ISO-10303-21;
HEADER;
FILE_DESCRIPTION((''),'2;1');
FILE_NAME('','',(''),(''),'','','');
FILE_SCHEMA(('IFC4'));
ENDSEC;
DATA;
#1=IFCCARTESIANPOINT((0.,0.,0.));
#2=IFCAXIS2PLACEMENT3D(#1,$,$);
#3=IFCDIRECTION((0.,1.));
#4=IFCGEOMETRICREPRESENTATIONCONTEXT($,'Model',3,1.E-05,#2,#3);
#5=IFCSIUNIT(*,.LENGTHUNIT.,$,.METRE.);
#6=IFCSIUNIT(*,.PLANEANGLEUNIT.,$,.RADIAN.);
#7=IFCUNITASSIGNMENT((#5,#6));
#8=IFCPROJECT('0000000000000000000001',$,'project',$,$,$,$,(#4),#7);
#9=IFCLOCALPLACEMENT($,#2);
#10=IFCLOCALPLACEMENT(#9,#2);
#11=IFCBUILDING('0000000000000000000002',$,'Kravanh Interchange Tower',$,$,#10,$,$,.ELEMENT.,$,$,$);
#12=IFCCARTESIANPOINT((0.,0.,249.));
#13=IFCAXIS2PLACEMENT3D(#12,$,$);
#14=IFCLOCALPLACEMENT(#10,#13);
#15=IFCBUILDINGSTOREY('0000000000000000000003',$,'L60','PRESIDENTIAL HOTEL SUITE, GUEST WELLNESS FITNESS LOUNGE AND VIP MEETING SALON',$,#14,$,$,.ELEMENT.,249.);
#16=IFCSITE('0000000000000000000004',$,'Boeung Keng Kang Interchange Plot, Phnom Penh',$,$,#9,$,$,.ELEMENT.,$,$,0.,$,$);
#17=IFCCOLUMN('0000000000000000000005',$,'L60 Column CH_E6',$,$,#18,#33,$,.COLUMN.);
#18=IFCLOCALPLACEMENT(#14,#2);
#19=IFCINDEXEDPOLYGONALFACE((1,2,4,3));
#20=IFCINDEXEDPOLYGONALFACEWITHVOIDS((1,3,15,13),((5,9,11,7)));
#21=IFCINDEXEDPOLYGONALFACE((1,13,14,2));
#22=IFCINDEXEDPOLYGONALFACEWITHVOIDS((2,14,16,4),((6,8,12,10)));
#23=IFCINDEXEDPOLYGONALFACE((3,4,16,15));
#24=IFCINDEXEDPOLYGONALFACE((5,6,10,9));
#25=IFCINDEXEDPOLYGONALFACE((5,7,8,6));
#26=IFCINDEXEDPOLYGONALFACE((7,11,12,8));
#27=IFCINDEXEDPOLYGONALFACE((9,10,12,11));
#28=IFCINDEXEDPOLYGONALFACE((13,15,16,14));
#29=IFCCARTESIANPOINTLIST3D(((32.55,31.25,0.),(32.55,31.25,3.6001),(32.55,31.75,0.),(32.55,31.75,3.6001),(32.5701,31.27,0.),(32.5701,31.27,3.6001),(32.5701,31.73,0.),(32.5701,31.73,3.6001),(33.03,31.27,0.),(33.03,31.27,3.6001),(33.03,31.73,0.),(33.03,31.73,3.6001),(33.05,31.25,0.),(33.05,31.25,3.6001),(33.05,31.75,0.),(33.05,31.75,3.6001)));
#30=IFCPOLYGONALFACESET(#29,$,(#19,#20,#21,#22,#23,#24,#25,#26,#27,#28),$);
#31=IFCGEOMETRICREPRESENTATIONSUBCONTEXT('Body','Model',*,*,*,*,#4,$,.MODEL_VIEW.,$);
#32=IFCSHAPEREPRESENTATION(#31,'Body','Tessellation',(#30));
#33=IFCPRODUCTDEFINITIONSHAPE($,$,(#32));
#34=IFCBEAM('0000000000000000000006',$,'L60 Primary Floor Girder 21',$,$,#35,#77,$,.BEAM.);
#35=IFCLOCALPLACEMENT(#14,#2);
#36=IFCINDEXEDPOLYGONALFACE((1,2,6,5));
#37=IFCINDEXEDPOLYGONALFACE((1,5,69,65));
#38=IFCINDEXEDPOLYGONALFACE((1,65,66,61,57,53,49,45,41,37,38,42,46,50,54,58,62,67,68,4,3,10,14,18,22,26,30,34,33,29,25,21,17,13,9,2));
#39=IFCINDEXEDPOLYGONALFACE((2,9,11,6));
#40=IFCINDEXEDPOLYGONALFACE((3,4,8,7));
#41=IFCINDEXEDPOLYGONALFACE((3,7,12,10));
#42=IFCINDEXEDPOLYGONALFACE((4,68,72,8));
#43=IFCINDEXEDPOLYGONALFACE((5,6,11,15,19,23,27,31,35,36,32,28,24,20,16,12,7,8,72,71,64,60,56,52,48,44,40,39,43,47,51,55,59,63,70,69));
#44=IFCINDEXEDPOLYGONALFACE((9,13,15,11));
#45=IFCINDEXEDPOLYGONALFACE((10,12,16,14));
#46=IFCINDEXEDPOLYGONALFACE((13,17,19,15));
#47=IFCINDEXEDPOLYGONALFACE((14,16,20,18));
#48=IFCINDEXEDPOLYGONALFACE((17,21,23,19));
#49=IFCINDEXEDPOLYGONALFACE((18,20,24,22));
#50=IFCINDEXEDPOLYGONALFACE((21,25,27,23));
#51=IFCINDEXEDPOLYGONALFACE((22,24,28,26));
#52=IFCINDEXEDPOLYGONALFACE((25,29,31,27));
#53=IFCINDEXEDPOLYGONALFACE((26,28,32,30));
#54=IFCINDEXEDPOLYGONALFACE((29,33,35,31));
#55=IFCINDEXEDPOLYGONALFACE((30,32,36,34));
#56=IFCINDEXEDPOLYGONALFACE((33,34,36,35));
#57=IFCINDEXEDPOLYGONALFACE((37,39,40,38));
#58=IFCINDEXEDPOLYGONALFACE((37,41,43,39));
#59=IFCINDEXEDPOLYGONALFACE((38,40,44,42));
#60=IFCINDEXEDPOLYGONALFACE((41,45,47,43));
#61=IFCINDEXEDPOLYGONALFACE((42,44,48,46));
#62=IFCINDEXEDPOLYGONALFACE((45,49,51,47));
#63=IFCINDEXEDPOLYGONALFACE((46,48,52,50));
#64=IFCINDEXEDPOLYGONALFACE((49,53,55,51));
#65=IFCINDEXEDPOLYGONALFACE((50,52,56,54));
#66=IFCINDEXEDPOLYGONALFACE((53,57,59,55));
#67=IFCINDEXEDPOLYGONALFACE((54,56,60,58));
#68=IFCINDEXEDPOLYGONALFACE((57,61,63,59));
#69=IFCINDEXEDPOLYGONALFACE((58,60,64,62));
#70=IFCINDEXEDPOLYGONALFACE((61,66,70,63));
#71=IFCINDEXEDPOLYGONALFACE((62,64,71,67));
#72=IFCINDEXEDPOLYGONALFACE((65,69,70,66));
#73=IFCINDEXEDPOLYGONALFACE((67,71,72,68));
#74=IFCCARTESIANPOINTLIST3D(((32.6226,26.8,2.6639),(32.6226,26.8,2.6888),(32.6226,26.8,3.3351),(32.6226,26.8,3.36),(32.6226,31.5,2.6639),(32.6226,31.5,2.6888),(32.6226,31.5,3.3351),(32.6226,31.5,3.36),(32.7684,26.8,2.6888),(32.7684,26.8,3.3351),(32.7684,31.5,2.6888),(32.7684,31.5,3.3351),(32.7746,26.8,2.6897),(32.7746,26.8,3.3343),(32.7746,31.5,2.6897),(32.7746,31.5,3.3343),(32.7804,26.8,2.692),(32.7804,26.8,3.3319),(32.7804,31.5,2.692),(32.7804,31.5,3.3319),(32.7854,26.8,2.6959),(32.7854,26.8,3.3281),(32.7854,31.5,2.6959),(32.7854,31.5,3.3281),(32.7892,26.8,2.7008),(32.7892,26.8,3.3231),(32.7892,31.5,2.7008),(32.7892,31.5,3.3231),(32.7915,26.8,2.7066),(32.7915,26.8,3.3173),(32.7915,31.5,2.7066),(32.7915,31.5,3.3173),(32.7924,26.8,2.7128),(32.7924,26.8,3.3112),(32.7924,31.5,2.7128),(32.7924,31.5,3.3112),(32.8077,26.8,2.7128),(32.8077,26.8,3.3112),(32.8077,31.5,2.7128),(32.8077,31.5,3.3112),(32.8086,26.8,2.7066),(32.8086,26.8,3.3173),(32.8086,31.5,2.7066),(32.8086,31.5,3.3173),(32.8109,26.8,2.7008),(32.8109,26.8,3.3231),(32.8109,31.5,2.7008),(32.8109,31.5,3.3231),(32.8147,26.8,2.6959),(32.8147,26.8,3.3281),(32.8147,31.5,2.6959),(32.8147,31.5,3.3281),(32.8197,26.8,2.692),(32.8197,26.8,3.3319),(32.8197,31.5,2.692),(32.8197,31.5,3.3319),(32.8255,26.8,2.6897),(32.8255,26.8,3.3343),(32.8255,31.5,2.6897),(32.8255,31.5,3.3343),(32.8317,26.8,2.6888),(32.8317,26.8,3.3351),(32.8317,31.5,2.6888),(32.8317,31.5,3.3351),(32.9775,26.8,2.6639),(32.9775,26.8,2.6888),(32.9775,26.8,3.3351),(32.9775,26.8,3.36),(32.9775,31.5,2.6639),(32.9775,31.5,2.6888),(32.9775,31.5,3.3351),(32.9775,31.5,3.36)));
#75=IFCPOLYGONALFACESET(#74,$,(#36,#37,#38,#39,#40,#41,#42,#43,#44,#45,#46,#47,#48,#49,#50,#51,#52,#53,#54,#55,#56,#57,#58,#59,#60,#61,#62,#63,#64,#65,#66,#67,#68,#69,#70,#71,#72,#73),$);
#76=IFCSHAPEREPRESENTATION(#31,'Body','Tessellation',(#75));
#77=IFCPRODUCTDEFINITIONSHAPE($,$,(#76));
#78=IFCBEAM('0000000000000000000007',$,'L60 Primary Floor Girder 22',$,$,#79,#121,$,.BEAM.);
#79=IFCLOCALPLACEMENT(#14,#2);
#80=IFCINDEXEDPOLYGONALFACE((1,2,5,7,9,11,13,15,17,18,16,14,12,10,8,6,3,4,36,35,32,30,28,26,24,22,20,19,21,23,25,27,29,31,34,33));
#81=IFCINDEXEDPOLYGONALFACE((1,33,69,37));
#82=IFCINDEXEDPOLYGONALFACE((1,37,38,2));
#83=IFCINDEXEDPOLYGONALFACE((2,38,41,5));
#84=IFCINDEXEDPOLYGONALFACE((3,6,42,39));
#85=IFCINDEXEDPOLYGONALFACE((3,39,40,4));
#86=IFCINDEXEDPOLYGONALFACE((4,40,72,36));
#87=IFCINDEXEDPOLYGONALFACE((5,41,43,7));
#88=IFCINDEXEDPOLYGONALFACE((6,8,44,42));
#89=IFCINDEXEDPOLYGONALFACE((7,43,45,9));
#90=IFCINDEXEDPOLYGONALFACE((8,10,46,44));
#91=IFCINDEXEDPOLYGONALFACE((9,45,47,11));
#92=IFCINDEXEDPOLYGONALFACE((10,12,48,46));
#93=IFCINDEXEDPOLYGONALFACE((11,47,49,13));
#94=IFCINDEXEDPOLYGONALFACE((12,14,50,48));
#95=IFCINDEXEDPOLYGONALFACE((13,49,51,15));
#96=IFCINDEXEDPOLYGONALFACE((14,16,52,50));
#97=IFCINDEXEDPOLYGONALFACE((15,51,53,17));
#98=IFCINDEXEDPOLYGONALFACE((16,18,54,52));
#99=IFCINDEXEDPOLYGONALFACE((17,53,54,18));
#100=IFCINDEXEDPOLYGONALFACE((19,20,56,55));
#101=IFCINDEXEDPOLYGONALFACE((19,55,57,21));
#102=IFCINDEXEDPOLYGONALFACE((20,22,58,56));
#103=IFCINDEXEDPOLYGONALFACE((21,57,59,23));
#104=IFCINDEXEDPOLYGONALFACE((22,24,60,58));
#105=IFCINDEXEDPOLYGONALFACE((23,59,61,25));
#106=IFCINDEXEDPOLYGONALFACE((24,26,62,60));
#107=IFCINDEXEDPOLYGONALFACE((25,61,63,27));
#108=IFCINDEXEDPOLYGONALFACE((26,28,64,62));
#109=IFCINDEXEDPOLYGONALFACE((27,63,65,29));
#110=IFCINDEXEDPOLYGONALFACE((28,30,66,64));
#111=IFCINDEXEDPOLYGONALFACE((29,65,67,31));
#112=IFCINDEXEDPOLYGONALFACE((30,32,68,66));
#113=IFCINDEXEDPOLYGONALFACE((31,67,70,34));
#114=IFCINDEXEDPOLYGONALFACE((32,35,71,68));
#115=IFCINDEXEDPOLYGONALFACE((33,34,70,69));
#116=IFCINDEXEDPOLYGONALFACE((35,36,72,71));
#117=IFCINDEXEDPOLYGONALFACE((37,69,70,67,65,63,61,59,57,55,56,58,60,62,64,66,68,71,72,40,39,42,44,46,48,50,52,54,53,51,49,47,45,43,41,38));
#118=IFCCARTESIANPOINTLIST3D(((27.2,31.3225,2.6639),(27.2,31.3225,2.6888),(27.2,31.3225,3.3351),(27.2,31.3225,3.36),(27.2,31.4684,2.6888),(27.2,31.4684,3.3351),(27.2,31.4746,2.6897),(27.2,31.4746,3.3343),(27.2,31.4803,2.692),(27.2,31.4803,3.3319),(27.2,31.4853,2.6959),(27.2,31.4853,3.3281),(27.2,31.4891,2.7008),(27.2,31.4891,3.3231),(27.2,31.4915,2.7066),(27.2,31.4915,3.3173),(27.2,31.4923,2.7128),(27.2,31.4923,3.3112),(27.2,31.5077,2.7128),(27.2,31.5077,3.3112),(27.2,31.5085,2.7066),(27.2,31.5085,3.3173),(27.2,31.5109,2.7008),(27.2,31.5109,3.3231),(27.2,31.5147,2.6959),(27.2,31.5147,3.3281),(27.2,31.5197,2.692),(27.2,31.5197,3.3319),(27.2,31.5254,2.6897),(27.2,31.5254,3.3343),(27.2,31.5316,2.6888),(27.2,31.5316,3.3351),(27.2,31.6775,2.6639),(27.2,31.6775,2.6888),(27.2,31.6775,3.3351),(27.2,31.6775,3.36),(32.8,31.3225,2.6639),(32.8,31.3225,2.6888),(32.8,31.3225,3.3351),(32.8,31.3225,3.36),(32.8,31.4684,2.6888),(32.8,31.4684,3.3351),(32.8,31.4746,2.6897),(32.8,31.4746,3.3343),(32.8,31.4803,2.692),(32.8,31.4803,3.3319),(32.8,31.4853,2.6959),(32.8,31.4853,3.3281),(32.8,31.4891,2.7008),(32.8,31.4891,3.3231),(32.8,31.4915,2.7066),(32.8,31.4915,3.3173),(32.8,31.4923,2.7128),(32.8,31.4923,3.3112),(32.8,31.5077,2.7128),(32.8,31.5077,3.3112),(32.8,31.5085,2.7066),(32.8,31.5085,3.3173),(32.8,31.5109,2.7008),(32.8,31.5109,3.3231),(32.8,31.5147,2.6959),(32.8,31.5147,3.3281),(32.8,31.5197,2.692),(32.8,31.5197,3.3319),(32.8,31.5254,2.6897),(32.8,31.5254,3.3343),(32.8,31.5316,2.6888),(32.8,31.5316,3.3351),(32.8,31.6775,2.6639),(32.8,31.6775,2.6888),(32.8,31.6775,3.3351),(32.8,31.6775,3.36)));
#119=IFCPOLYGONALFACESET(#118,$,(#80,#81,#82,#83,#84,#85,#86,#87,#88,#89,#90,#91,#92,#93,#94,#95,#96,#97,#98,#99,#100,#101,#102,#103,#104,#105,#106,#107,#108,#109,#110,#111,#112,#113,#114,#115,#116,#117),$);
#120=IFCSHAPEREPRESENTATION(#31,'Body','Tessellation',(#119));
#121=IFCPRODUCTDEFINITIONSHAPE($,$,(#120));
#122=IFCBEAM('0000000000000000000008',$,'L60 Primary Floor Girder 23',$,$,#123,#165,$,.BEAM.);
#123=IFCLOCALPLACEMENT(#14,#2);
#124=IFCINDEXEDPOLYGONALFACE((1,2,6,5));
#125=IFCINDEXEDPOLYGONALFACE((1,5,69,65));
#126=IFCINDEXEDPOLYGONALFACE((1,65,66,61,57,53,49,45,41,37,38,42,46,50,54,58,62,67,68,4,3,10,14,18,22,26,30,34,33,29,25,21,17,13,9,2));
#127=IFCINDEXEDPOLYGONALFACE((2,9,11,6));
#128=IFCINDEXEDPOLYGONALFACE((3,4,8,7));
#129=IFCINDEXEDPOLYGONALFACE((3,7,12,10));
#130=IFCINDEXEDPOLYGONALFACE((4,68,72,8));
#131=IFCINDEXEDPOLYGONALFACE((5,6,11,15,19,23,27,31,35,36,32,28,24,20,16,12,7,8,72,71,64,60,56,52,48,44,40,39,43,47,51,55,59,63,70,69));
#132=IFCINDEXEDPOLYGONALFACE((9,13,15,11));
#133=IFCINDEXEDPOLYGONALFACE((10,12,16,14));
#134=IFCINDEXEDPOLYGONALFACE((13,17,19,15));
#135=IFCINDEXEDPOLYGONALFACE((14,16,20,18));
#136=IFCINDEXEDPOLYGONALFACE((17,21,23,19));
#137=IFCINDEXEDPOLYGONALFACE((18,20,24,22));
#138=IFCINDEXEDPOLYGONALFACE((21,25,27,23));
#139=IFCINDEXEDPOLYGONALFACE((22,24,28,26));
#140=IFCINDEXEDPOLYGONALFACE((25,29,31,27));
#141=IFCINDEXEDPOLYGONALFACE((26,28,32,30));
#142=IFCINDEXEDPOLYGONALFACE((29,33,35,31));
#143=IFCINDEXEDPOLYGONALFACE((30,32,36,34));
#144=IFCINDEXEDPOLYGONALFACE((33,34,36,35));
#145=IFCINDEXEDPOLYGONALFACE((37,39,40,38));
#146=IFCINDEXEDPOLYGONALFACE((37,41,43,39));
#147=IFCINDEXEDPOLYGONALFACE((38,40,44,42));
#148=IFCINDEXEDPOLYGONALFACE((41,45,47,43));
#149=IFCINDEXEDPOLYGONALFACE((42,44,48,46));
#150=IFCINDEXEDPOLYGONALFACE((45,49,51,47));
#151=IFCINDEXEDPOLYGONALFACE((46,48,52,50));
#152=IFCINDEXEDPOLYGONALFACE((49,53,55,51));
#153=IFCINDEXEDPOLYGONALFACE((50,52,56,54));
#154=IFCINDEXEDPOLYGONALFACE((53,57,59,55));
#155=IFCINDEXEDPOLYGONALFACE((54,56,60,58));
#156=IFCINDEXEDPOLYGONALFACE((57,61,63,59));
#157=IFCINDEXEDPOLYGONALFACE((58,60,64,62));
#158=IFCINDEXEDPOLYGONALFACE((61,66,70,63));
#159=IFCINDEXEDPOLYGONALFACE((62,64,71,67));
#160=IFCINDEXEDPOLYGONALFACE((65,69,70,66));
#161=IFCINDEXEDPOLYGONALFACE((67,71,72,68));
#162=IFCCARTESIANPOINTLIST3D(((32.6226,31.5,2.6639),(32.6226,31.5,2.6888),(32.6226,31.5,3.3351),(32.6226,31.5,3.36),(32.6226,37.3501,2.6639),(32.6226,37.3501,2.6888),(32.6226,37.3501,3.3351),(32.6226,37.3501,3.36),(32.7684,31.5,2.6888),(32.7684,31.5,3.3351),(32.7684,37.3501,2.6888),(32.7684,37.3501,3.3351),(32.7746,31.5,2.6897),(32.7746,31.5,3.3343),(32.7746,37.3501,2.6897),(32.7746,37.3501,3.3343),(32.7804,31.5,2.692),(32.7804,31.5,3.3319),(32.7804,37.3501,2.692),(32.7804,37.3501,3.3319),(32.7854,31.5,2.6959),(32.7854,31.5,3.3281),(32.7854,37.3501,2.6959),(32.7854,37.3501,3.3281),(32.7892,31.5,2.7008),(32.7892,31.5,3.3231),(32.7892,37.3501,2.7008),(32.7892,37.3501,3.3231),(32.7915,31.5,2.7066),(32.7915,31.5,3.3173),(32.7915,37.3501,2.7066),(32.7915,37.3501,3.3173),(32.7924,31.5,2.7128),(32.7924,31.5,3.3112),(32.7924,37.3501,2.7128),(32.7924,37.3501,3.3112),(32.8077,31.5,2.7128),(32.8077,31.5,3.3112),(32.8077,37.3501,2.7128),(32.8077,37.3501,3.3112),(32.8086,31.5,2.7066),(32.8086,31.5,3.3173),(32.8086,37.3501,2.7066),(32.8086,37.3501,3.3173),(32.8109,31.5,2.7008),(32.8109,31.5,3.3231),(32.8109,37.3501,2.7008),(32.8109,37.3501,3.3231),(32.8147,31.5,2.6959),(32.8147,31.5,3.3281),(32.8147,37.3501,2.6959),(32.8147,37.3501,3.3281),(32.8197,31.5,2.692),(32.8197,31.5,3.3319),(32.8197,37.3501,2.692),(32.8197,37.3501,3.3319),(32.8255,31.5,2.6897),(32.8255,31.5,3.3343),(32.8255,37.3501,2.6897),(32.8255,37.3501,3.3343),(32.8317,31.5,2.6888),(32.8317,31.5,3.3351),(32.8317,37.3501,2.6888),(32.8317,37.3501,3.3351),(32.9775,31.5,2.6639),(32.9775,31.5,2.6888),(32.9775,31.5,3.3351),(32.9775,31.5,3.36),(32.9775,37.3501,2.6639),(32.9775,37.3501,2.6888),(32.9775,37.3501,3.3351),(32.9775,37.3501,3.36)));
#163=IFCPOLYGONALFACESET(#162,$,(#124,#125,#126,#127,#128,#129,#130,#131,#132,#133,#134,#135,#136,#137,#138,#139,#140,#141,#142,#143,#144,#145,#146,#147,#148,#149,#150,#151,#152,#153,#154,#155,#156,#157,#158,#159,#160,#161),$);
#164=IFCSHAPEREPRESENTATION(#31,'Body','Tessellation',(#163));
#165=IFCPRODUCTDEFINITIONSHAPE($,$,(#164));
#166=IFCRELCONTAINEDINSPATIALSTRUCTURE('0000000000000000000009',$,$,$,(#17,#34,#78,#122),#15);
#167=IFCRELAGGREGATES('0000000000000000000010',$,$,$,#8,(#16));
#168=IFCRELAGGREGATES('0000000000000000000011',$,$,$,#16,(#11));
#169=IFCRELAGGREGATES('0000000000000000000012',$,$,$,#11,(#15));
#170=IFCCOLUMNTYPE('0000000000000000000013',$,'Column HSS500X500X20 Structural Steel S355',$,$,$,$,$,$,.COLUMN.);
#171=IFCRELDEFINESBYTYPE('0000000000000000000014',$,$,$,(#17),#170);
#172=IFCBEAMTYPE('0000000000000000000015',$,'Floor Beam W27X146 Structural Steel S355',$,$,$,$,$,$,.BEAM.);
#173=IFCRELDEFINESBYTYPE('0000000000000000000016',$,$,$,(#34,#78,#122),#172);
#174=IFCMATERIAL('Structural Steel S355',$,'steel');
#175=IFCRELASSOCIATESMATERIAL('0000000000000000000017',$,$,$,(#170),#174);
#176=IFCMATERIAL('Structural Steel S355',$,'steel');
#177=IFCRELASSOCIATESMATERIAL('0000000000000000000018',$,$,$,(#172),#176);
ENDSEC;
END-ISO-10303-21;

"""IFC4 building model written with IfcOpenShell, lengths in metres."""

from ifc_helpers import new_model, si_unit, direction, frame, origin, origin_2d, place, context, subcontext, project, spatial, hollow_rectangle, i_section, extrude, material, material_profile, profile_set, type_object, element, save


model = new_model("IFC4")

# Units and contexts
model_context = context("Model", 3, precision=1e-05, world=origin(), true_north=direction((0.0, 1.0)))
body_context = subcontext(model_context, "Body", "Model", "MODEL_VIEW")
ifc_project = project(units=[si_unit("LENGTHUNIT", "METRE"), si_unit("PLANEANGLEUNIT", "RADIAN")], contexts=[model_context])

# Site, building, storey
site_placement = place(None, origin())
site = spatial("IfcSite", under=ifc_project, at=site_placement, Name="Boeung Keng Kang Interchange Plot, Phnom Penh", CompositionType="ELEMENT", RefElevation=0.0)
building_placement = place(site_placement, origin())
building = spatial("IfcBuilding", under=site, at=building_placement, Name="Kravanh Interchange Tower", CompositionType="ELEMENT")
storey_placement = place(building_placement, frame((0.0, 0.0, 249.0)))
storey = spatial("IfcBuildingStorey", under=building, at=storey_placement, Name="L60", Description="PRESIDENTIAL HOTEL SUITE, GUEST WELLNESS FITNESS LOUNGE AND VIP MEETING SALON", CompositionType="ELEMENT", Elevation=249.0)

# Column
ifc_material_1 = material(Name="Structural Steel S355", Category="steel")
ifc_material_profile_1 = material_profile(ifc_material_1, hollow_rectangle(XDim=0.5, YDim=0.5, WallThickness=0.02, at=origin_2d()), Name="HSS500X500X20")
ifc_profile_set_1 = profile_set([ifc_material_profile_1], Name="Structural Steel S355")
column_type = type_object("IfcColumnType", Name="Column HSS500X500X20 Structural Steel S355", PredefinedType="COLUMN", material=ifc_profile_set_1)
column_placement = place(storey_placement, frame((32.8, 31.5, 0.0), z_axis=(0.0, 0.0, 1.0), x_axis=(1.0, 0.0, 0.0)))
element("IfcColumn", 1, at=column_placement, inside=storey, type_object=column_type, Name="L60 Column CH_E6", PredefinedType="COLUMN", context=body_context, shape_type="SweptSolid", body=[
    extrude(hollow_rectangle(XDim=0.5, YDim=0.5, WallThickness=0.02, at=origin_2d()), origin(), (0.0, 0.0, 1.0), 3.6001),
])

# Beams
ifc_material_2 = material(Name="Structural Steel S355", Category="steel")
ifc_material_profile_2 = material_profile(ifc_material_2, i_section(OverallWidth=0.355, OverallDepth=0.696, WebThickness=0.0154, FlangeThickness=0.0249, FilletRadius=0.0239, at=origin_2d()), Name="W27X146")
ifc_profile_set_2 = profile_set([ifc_material_profile_2], Name="Structural Steel S355")
beam_type_1 = type_object("IfcBeamType", Name="Floor Beam W27X146 Structural Steel S355", PredefinedType="BEAM", material=ifc_profile_set_2)
beam_1_placement = place(storey_placement, frame((32.8, 31.5, 3.012), z_axis=(0.0, -1.0, 0.0), x_axis=(1.0, 0.0, 0.0)))
element("IfcBeam", 2, at=beam_1_placement, inside=storey, type_object=beam_type_1, Name="L60 Primary Floor Girder 21", PredefinedType="BEAM", context=body_context, shape_type="SweptSolid", body=[
    extrude(i_section(OverallWidth=0.355, OverallDepth=0.696, WebThickness=0.0154, FlangeThickness=0.0249, FilletRadius=0.0239, at=origin_2d()), origin(), (0.0, 0.0, 1.0), 4.7),
])
beam_2_placement = place(storey_placement, frame((32.8, 31.5, 3.012), z_axis=(-1.0, 0.0, 0.0), x_axis=(0.0, -1.0, 0.0)))
element("IfcBeam", 3, at=beam_2_placement, inside=storey, type_object=beam_type_1, Name="L60 Primary Floor Girder 22", PredefinedType="BEAM", context=body_context, shape_type="SweptSolid", body=[
    extrude(i_section(OverallWidth=0.355, OverallDepth=0.696, WebThickness=0.0154, FlangeThickness=0.0249, FilletRadius=0.0239, at=origin_2d()), origin(), (0.0, 0.0, 1.0), 5.6001),
])
beam_3_placement = place(storey_placement, frame((32.8, 31.5, 3.012), z_axis=(0.0, 1.0, 0.0), x_axis=(-1.0, 0.0, 0.0)))
element("IfcBeam", 4, at=beam_3_placement, inside=storey, type_object=beam_type_1, Name="L60 Primary Floor Girder 23", PredefinedType="BEAM", context=body_context, shape_type="SweptSolid", body=[
    extrude(i_section(OverallWidth=0.355, OverallDepth=0.696, WebThickness=0.0154, FlangeThickness=0.0249, FilletRadius=0.0239, at=origin_2d()), origin(), (0.0, 0.0, 1.0), 5.8501),
])

save(model, "model.ifc")
